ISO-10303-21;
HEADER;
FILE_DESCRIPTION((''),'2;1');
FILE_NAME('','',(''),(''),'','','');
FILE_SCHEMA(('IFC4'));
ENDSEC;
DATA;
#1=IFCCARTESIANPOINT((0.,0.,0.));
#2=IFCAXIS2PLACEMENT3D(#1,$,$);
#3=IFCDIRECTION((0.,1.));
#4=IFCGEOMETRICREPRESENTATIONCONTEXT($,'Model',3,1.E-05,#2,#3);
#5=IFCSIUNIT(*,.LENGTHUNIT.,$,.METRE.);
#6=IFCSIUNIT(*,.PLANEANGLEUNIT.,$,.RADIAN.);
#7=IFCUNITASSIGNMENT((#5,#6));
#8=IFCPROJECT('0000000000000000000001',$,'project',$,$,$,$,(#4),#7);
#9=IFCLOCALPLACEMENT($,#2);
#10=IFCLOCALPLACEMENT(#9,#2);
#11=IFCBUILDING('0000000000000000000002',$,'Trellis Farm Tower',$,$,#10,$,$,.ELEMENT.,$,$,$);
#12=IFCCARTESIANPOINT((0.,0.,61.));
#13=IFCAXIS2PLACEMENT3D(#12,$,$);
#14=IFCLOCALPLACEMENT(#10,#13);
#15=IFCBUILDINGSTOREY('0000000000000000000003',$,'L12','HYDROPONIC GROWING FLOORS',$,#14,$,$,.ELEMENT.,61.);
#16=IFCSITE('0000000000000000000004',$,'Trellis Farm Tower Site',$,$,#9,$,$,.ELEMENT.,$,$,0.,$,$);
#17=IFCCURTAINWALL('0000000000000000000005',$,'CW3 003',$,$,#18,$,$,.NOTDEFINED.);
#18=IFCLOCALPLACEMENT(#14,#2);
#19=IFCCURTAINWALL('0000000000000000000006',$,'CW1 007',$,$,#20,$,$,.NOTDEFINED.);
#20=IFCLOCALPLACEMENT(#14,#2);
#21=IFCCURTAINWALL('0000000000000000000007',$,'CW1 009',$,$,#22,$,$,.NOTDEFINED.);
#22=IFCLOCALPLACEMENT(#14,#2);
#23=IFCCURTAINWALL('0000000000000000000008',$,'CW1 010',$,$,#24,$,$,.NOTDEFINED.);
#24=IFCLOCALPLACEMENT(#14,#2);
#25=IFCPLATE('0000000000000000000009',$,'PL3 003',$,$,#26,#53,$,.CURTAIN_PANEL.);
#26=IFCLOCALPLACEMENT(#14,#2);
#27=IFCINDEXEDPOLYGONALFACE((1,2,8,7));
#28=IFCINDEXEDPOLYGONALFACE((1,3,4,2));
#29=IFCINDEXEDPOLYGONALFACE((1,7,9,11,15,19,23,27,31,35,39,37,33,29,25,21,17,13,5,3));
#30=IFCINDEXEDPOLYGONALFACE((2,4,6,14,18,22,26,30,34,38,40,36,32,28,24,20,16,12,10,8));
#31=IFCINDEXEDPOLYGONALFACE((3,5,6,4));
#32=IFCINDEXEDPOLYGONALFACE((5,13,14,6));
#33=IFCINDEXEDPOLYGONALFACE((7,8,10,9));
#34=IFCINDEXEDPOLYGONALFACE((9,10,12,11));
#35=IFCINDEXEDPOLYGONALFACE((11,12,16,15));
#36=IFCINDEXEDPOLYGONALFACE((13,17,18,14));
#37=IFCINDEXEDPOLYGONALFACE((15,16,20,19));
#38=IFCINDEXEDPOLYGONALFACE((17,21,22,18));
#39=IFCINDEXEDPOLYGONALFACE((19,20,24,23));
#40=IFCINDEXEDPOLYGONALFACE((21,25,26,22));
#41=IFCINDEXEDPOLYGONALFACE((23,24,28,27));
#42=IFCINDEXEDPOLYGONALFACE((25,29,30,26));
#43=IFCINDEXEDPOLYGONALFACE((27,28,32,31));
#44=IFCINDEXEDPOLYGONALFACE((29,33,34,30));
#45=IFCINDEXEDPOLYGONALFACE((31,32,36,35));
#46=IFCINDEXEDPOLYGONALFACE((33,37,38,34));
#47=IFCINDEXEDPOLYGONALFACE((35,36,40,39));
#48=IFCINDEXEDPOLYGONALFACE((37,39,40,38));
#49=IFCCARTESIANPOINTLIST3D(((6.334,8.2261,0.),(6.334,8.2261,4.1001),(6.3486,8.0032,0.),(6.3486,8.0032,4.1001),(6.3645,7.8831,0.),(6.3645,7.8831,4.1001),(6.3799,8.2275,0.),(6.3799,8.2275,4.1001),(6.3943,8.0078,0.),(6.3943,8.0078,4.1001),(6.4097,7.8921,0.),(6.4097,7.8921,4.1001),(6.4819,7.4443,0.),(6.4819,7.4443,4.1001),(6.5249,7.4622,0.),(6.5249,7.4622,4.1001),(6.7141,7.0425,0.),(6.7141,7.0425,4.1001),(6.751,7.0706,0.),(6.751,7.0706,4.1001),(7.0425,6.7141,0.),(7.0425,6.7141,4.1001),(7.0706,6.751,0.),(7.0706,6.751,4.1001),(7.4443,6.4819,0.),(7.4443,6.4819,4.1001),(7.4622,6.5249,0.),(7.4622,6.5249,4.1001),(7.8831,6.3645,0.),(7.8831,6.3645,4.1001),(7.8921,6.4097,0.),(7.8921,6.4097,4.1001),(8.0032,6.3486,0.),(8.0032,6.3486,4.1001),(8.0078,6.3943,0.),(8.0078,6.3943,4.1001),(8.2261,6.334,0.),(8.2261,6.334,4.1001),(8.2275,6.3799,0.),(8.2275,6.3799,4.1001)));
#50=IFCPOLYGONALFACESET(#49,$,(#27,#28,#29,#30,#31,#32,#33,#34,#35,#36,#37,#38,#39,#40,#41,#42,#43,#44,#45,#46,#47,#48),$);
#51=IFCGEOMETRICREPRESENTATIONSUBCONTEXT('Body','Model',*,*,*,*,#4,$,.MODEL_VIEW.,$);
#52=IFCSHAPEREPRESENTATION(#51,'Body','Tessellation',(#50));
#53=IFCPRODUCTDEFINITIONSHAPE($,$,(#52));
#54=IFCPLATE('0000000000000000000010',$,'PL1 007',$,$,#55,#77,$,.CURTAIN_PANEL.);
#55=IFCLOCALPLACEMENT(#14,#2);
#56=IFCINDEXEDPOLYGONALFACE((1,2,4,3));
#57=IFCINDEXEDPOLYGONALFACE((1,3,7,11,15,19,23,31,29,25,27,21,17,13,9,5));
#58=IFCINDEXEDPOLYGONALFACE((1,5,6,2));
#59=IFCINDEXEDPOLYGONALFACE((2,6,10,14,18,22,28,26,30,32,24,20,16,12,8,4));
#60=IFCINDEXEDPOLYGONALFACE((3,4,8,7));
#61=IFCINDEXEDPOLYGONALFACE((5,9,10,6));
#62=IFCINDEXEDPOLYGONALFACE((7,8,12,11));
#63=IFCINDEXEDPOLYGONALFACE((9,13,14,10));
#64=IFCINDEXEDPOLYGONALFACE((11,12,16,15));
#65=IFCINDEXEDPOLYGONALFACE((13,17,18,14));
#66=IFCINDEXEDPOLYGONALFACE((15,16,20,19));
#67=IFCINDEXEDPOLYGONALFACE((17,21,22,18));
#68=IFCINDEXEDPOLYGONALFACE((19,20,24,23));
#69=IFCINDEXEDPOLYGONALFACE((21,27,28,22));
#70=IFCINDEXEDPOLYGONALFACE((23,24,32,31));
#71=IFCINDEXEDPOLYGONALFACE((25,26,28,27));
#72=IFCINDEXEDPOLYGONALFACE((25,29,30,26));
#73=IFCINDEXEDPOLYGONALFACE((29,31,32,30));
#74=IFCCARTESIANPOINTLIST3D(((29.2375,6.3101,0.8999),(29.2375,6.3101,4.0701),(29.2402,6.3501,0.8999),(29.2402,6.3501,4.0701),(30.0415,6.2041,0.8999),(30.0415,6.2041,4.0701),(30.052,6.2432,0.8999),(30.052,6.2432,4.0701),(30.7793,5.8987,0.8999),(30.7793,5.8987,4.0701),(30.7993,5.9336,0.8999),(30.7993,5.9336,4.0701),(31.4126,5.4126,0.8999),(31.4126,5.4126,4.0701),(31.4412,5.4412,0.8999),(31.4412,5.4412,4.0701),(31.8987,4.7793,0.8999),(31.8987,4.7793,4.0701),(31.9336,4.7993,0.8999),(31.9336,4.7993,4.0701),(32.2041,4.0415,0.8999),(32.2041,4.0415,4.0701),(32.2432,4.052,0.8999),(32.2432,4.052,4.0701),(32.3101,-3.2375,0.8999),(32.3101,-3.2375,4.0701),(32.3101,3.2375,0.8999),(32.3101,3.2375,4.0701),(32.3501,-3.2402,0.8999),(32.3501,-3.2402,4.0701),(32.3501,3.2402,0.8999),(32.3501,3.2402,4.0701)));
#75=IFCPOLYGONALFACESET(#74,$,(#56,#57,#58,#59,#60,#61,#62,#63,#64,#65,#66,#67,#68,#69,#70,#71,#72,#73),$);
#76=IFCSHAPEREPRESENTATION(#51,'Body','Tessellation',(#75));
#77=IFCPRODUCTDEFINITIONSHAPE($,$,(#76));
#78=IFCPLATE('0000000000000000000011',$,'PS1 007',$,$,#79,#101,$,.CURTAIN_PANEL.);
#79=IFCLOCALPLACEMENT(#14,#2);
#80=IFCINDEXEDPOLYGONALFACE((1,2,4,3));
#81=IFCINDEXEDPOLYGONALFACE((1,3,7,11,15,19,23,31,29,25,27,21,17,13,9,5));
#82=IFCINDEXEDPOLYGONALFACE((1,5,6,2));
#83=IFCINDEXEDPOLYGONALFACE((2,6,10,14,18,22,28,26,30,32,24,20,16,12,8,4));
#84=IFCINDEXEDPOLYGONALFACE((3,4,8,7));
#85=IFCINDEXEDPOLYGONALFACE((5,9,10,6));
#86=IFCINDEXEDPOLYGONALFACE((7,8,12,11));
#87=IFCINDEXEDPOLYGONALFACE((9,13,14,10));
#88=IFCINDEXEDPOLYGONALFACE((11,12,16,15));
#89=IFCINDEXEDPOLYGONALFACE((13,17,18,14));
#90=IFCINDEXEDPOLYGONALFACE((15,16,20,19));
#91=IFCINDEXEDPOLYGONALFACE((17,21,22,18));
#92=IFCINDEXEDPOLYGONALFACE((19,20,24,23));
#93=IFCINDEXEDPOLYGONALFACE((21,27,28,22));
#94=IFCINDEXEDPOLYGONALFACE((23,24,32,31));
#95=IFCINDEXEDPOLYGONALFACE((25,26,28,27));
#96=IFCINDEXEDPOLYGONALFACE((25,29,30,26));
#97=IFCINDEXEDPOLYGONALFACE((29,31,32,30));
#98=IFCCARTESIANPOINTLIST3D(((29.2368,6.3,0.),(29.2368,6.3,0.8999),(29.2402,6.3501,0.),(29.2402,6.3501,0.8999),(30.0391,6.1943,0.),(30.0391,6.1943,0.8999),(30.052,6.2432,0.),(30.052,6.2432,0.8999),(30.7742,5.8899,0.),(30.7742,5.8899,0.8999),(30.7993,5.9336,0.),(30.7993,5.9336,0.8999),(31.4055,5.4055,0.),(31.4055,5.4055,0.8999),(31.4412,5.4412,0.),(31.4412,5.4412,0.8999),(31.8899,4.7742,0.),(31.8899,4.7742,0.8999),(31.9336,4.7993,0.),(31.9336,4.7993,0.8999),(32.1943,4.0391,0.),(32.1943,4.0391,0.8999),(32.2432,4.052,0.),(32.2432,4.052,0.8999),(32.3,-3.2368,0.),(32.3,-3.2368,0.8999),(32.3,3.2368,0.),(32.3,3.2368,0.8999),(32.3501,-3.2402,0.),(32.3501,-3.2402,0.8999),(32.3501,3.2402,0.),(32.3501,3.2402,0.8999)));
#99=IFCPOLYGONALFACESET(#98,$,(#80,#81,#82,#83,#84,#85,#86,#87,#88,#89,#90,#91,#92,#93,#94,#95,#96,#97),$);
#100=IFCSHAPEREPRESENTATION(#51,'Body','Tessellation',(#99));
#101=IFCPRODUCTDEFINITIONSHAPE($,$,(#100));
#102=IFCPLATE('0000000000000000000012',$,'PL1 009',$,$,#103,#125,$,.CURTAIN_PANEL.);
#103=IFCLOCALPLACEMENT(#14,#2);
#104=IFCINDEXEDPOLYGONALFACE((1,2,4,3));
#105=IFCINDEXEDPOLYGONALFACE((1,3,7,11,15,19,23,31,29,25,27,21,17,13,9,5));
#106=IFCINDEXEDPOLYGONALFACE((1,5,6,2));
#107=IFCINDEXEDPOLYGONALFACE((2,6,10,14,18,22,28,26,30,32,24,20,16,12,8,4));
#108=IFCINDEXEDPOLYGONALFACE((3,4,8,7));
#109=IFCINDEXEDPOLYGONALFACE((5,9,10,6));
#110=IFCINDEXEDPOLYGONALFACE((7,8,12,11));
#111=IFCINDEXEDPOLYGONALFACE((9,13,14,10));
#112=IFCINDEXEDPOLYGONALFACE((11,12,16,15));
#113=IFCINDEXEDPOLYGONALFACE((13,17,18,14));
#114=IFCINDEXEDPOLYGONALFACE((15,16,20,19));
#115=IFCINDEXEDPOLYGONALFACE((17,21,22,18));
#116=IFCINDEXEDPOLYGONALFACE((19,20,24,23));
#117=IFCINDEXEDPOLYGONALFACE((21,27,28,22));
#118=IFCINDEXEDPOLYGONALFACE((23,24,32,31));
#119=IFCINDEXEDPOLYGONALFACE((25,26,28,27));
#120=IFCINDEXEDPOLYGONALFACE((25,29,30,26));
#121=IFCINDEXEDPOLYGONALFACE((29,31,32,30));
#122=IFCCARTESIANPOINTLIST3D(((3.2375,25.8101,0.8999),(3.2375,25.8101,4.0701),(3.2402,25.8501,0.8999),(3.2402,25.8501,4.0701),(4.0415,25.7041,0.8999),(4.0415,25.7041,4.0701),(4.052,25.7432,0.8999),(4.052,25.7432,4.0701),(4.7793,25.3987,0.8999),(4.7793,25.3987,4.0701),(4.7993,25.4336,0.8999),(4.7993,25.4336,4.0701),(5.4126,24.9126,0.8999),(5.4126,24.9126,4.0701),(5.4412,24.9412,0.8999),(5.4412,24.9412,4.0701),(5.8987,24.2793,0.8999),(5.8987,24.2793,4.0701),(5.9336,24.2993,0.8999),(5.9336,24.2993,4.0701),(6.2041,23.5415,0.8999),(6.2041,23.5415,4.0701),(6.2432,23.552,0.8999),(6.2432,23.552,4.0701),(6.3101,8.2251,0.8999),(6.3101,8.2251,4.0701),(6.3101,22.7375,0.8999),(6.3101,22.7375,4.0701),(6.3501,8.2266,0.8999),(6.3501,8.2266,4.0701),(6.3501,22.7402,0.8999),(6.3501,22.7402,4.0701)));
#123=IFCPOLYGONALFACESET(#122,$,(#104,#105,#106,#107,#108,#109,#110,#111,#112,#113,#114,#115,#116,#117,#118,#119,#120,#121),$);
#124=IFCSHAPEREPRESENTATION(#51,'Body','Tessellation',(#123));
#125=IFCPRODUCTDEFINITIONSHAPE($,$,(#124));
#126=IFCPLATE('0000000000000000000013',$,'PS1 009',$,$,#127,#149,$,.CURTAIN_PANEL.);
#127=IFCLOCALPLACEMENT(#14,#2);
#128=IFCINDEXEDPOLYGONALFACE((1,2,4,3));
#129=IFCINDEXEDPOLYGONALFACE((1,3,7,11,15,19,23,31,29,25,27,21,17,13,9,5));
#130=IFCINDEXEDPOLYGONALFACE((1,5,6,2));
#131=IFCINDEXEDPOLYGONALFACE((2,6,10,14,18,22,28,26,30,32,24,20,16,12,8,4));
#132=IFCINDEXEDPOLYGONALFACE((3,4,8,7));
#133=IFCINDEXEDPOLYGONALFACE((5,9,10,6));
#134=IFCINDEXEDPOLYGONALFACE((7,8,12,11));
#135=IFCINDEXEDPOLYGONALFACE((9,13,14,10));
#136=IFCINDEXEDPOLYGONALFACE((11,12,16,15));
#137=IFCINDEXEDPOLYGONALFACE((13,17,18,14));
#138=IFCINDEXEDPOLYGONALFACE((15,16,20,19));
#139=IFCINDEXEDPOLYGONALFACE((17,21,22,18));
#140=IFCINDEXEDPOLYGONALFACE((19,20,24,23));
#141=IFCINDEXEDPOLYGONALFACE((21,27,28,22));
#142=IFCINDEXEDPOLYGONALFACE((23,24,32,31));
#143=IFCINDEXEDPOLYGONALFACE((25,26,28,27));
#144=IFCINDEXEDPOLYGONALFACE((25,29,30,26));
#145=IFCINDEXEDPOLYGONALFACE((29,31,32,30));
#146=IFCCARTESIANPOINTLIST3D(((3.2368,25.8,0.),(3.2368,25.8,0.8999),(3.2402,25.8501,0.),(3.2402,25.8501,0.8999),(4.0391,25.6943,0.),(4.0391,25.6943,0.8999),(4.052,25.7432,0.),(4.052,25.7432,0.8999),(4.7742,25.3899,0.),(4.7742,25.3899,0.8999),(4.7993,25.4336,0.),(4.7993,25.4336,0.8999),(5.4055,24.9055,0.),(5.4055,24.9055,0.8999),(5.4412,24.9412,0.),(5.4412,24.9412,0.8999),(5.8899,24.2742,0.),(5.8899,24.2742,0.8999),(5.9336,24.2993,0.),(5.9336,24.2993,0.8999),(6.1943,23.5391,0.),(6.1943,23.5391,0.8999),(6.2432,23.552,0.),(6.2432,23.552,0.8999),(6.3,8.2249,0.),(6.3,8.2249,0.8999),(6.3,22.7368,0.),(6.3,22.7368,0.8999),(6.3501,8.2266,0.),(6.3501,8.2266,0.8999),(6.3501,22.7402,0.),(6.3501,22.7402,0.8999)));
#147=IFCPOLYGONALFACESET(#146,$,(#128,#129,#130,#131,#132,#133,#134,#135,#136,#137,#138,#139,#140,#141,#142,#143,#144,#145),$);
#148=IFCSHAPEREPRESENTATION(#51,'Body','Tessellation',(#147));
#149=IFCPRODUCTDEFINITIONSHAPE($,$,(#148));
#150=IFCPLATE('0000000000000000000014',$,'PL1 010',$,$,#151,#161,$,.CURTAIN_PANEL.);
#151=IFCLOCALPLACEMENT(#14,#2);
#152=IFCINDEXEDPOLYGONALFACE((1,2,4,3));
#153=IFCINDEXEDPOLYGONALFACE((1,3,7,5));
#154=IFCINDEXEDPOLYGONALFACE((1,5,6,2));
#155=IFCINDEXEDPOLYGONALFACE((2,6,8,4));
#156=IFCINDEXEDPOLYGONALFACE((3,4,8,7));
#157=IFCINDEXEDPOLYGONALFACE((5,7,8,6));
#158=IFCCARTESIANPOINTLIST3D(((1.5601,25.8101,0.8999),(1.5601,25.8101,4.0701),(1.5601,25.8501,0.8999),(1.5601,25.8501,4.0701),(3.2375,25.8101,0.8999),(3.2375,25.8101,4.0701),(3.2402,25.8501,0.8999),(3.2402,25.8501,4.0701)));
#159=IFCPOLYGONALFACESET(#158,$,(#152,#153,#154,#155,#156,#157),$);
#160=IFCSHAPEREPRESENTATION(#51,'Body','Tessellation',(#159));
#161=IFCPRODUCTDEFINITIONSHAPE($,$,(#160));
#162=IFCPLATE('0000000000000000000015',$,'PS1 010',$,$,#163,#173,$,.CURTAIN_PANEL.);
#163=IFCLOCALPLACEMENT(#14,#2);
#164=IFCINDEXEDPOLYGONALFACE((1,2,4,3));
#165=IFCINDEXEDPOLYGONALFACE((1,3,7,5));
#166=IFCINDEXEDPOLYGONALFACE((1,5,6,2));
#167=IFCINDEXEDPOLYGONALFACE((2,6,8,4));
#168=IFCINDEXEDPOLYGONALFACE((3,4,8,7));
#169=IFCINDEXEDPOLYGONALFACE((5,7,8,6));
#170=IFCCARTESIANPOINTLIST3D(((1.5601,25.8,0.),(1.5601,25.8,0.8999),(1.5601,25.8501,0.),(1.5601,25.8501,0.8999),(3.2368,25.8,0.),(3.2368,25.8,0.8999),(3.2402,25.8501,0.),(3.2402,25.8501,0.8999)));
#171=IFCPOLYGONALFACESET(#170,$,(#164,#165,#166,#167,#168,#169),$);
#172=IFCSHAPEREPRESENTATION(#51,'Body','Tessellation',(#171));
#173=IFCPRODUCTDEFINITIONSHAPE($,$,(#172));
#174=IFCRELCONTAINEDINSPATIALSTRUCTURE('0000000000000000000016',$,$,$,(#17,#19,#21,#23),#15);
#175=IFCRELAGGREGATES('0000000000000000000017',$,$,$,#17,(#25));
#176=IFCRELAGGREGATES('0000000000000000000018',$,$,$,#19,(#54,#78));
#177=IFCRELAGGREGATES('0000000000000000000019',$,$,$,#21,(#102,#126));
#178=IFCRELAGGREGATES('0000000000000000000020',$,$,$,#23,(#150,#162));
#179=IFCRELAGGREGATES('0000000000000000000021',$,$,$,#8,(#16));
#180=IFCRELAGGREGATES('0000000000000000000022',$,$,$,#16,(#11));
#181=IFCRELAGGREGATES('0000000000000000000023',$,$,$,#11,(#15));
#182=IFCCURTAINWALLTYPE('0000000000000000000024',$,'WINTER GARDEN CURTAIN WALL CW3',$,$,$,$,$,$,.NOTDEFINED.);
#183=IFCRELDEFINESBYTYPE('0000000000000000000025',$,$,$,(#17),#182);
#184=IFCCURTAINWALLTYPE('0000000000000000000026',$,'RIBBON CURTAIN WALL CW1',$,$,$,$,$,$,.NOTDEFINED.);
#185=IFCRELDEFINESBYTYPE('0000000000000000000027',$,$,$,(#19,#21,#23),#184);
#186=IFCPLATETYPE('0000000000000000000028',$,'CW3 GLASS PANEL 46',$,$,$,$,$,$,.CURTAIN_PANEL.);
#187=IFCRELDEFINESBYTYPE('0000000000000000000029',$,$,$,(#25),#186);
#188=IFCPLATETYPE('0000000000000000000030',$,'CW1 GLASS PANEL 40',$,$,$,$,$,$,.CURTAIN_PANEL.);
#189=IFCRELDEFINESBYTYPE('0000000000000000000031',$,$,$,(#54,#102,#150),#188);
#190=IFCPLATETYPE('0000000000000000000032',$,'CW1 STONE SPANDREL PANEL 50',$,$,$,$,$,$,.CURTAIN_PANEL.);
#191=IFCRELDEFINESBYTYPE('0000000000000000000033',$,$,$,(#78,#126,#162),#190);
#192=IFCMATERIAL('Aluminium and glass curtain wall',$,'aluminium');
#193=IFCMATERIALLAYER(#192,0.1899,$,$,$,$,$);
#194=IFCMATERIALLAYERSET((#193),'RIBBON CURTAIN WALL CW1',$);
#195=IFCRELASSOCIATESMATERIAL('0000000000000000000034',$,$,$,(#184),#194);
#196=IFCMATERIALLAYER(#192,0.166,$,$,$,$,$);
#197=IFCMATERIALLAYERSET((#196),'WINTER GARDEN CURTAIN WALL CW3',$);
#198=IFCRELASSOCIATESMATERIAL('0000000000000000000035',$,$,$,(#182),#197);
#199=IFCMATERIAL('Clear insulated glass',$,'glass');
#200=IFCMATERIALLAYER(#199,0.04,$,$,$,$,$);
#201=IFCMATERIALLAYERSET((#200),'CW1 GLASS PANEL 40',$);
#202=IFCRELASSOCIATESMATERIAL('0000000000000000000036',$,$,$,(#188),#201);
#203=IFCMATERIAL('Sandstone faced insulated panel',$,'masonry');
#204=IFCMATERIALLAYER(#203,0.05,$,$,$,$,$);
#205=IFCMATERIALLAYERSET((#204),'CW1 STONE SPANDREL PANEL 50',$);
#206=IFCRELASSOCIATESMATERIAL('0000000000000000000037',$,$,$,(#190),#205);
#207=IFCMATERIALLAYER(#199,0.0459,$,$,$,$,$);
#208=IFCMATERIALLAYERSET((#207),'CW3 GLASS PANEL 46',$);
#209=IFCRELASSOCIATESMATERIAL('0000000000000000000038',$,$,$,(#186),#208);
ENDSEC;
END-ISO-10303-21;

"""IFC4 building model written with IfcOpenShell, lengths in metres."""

from ifc_helpers import new_model, si_unit, direction, frame, origin, place, context, subcontext, project, spatial, polyline, outline, extrude, source, transform, mapped, material, layer, layer_set, type_object, element, aggregate, save


model = new_model("IFC4")

# Units and contexts
model_context = context("Model", 3, precision=1e-05, world=origin(), true_north=direction((0.0, 1.0)))
body_context = subcontext(model_context, "Body", "Model", "MODEL_VIEW")
ifc_project = project(units=[si_unit("LENGTHUNIT", "METRE"), si_unit("PLANEANGLEUNIT", "RADIAN")], contexts=[model_context])

# Site, building, storey
site_placement = place(None, origin())
site = spatial("IfcSite", under=ifc_project, at=site_placement, Name="Trellis Farm Tower Site", CompositionType="ELEMENT", RefElevation=0.0)
building_placement = place(site_placement, origin())
building = spatial("IfcBuilding", under=site, at=building_placement, Name="Trellis Farm Tower", CompositionType="ELEMENT")
storey_placement = place(building_placement, frame((0.0, 0.0, 61.0)))
storey = spatial("IfcBuildingStorey", under=building, at=storey_placement, Name="L12", Description="HYDROPONIC GROWING FLOORS", CompositionType="ELEMENT", Elevation=61.0)

# Curtain walls
ifc_material_1 = material(Name="Aluminium and glass curtain wall", Category="aluminium")
ifc_layer_1 = layer(ifc_material_1, 0.1899)
ifc_layer_set_1 = layer_set([ifc_layer_1], Name="RIBBON CURTAIN WALL CW1")
curtain_wall_type_1 = type_object("IfcCurtainWallType", Name="RIBBON CURTAIN WALL CW1", PredefinedType="NOTDEFINED", material=ifc_layer_set_1)
placement_1 = place(storey_placement, origin())
ifc_layer_2 = layer(ifc_material_1, 0.166)
ifc_layer_set_2 = layer_set([ifc_layer_2], Name="WINTER GARDEN CURTAIN WALL CW3")
curtain_wall_type_2 = type_object("IfcCurtainWallType", Name="WINTER GARDEN CURTAIN WALL CW3", PredefinedType="NOTDEFINED", material=ifc_layer_set_2)
curtain_wall_1 = element("IfcCurtainWall", 1, at=placement_1, inside=storey, type_object=curtain_wall_type_2, Name="CW3 003", PredefinedType="NOTDEFINED")
curtain_wall_2 = element("IfcCurtainWall", 2, at=placement_1, inside=storey, type_object=curtain_wall_type_1, Name="CW1 007", PredefinedType="NOTDEFINED")
curtain_wall_3 = element("IfcCurtainWall", 3, at=placement_1, inside=storey, type_object=curtain_wall_type_1, Name="CW1 009", PredefinedType="NOTDEFINED")
curtain_wall_4 = element("IfcCurtainWall", 4, at=placement_1, inside=storey, type_object=curtain_wall_type_1, Name="CW1 010", PredefinedType="NOTDEFINED")

# Plates
ifc_material_2 = material(Name="Clear insulated glass", Category="glass")
ifc_layer_3 = layer(ifc_material_2, 0.04)
ifc_layer_set_3 = layer_set([ifc_layer_3], Name="CW1 GLASS PANEL 40")
plate_type_1 = type_object("IfcPlateType", Name="CW1 GLASS PANEL 40", PredefinedType="CURTAIN_PANEL", material=ifc_layer_set_3)
placement_2 = place(storey_placement, frame((0.0, 0.0, 0.8999)))
ifc_material_3 = material(Name="Sandstone faced insulated panel", Category="masonry")
ifc_layer_4 = layer(ifc_material_3, 0.05)
ifc_layer_set_4 = layer_set([ifc_layer_4], Name="CW1 STONE SPANDREL PANEL 50")
plate_type_2 = type_object("IfcPlateType", Name="CW1 STONE SPANDREL PANEL 50", PredefinedType="CURTAIN_PANEL", material=ifc_layer_set_4)
ifc_layer_5 = layer(ifc_material_2, 0.0459)
ifc_layer_set_5 = layer_set([ifc_layer_5], Name="CW3 GLASS PANEL 46")
plate_type_3 = type_object("IfcPlateType", Name="CW3 GLASS PANEL 46", PredefinedType="CURTAIN_PANEL", material=ifc_layer_set_5)
shared_shape_1 = source(origin(), body_context, "Body", "SweptSolid", [
    extrude(outline(polyline([(8.2275, 6.3799), (8.0078, 6.3943), (7.8921, 6.4097), (7.4622, 6.5249), (7.0706, 6.751), (6.751, 7.0706), (6.5249, 7.4622), (6.4097, 7.8921), (6.3943, 8.0078), (6.3799, 8.2275), (6.334, 8.2261), (6.3486, 8.0032), (6.3645, 7.8831), (6.4819, 7.4443), (6.7141, 7.0425), (7.0425, 6.7141), (7.4443, 6.4819), (7.8831, 6.3645), (8.0032, 6.3486), (8.2261, 6.334), (8.2275, 6.3799)])), origin(), (0.0, 0.0, 1.0), 4.1001),
])
plate_1 = element("IfcPlate", 5, at=placement_1, type_object=plate_type_3, Name="PL3 003", PredefinedType="CURTAIN_PANEL", context=body_context, shape_type="MappedRepresentation", body=[
    mapped(shared_shape_1, transform((0.0, 0.0, 0.0))),
])
aggregate(curtain_wall_1, [plate_1])
shared_shape_2 = source(origin(), body_context, "Body", "SweptSolid", [
    extrude(outline(polyline([(32.3501, -3.2402), (32.3501, 3.2402), (32.2432, 4.052), (31.9336, 4.7993), (31.4412, 5.4412), (30.7993, 5.9336), (30.052, 6.2432), (29.2402, 6.3501), (29.2375, 6.3101), (30.0415, 6.2041), (30.7793, 5.8987), (31.4126, 5.4126), (31.8987, 4.7793), (32.2041, 4.0415), (32.3101, 3.2375), (32.3101, -3.2375), (32.3501, -3.2402)])), origin(), (0.0, 0.0, 1.0), 3.1702),
])
plate_2 = element("IfcPlate", 6, at=placement_2, type_object=plate_type_1, Name="PL1 007", PredefinedType="CURTAIN_PANEL", context=body_context, shape_type="MappedRepresentation", body=[
    mapped(shared_shape_2, transform((0.0, 0.0, 0.0))),
])
shared_shape_3 = source(origin(), body_context, "Body", "SweptSolid", [
    extrude(outline(polyline([(32.3501, -3.2402), (32.3501, 3.2402), (32.2432, 4.052), (31.9336, 4.7993), (31.4412, 5.4412), (30.7993, 5.9336), (30.052, 6.2432), (29.2402, 6.3501), (29.2368, 6.3), (30.0391, 6.1943), (30.7742, 5.8899), (31.4055, 5.4055), (31.8899, 4.7742), (32.1943, 4.0391), (32.3, 3.2368), (32.3, -3.2368), (32.3501, -3.2402)])), origin(), (0.0, 0.0, 1.0), 0.8999),
])
plate_3 = element("IfcPlate", 7, at=placement_1, type_object=plate_type_2, Name="PS1 007", PredefinedType="CURTAIN_PANEL", context=body_context, shape_type="MappedRepresentation", body=[
    mapped(shared_shape_3, transform((0.0, 0.0, 0.0))),
])
aggregate(curtain_wall_2, [plate_2, plate_3])
shared_shape_4 = source(origin(), body_context, "Body", "SweptSolid", [
    extrude(outline(polyline([(6.3501, 8.2266), (6.3501, 22.7402), (6.2432, 23.552), (5.9336, 24.2993), (5.4412, 24.9412), (4.7993, 25.4336), (4.052, 25.7432), (3.2402, 25.8501), (3.2375, 25.8101), (4.0415, 25.7041), (4.7793, 25.3987), (5.4126, 24.9126), (5.8987, 24.2793), (6.2041, 23.5415), (6.3101, 22.7375), (6.3101, 8.2251), (6.3501, 8.2266)])), origin(), (0.0, 0.0, 1.0), 3.1702),
])
plate_4 = element("IfcPlate", 8, at=placement_2, type_object=plate_type_1, Name="PL1 009", PredefinedType="CURTAIN_PANEL", context=body_context, shape_type="MappedRepresentation", body=[
    mapped(shared_shape_4, transform((0.0, 0.0, 0.0))),
])
shared_shape_5 = source(origin(), body_context, "Body", "SweptSolid", [
    extrude(outline(polyline([(6.3501, 8.2266), (6.3501, 22.7402), (6.2432, 23.552), (5.9336, 24.2993), (5.4412, 24.9412), (4.7993, 25.4336), (4.052, 25.7432), (3.2402, 25.8501), (3.2368, 25.8), (4.0391, 25.6943), (4.7742, 25.3899), (5.4055, 24.9055), (5.8899, 24.2742), (6.1943, 23.5391), (6.3, 22.7368), (6.3, 8.2249), (6.3501, 8.2266)])), origin(), (0.0, 0.0, 1.0), 0.8999),
])
plate_5 = element("IfcPlate", 9, at=placement_1, type_object=plate_type_2, Name="PS1 009", PredefinedType="CURTAIN_PANEL", context=body_context, shape_type="MappedRepresentation", body=[
    mapped(shared_shape_5, transform((0.0, 0.0, 0.0))),
])
aggregate(curtain_wall_3, [plate_4, plate_5])
shared_shape_6 = source(origin(), body_context, "Body", "SweptSolid", [
    extrude(outline(polyline([(3.2402, 25.8501), (1.5601, 25.8501), (1.5601, 25.8101), (3.2375, 25.8101), (3.2402, 25.8501)])), origin(), (0.0, 0.0, 1.0), 3.1702),
])
plate_6 = element("IfcPlate", 10, at=placement_2, type_object=plate_type_1, Name="PL1 010", PredefinedType="CURTAIN_PANEL", context=body_context, shape_type="MappedRepresentation", body=[
    mapped(shared_shape_6, transform((0.0, 0.0, 0.0))),
])
shared_shape_7 = source(origin(), body_context, "Body", "SweptSolid", [
    extrude(outline(polyline([(3.2402, 25.8501), (1.5601, 25.8501), (1.5601, 25.8), (3.2368, 25.8), (3.2402, 25.8501)])), origin(), (0.0, 0.0, 1.0), 0.8999),
])
plate_7 = element("IfcPlate", 11, at=placement_1, type_object=plate_type_2, Name="PS1 010", PredefinedType="CURTAIN_PANEL", context=body_context, shape_type="MappedRepresentation", body=[
    mapped(shared_shape_7, transform((0.0, 0.0, 0.0))),
])
aggregate(curtain_wall_4, [plate_6, plate_7])

save(model, "model.ifc")
